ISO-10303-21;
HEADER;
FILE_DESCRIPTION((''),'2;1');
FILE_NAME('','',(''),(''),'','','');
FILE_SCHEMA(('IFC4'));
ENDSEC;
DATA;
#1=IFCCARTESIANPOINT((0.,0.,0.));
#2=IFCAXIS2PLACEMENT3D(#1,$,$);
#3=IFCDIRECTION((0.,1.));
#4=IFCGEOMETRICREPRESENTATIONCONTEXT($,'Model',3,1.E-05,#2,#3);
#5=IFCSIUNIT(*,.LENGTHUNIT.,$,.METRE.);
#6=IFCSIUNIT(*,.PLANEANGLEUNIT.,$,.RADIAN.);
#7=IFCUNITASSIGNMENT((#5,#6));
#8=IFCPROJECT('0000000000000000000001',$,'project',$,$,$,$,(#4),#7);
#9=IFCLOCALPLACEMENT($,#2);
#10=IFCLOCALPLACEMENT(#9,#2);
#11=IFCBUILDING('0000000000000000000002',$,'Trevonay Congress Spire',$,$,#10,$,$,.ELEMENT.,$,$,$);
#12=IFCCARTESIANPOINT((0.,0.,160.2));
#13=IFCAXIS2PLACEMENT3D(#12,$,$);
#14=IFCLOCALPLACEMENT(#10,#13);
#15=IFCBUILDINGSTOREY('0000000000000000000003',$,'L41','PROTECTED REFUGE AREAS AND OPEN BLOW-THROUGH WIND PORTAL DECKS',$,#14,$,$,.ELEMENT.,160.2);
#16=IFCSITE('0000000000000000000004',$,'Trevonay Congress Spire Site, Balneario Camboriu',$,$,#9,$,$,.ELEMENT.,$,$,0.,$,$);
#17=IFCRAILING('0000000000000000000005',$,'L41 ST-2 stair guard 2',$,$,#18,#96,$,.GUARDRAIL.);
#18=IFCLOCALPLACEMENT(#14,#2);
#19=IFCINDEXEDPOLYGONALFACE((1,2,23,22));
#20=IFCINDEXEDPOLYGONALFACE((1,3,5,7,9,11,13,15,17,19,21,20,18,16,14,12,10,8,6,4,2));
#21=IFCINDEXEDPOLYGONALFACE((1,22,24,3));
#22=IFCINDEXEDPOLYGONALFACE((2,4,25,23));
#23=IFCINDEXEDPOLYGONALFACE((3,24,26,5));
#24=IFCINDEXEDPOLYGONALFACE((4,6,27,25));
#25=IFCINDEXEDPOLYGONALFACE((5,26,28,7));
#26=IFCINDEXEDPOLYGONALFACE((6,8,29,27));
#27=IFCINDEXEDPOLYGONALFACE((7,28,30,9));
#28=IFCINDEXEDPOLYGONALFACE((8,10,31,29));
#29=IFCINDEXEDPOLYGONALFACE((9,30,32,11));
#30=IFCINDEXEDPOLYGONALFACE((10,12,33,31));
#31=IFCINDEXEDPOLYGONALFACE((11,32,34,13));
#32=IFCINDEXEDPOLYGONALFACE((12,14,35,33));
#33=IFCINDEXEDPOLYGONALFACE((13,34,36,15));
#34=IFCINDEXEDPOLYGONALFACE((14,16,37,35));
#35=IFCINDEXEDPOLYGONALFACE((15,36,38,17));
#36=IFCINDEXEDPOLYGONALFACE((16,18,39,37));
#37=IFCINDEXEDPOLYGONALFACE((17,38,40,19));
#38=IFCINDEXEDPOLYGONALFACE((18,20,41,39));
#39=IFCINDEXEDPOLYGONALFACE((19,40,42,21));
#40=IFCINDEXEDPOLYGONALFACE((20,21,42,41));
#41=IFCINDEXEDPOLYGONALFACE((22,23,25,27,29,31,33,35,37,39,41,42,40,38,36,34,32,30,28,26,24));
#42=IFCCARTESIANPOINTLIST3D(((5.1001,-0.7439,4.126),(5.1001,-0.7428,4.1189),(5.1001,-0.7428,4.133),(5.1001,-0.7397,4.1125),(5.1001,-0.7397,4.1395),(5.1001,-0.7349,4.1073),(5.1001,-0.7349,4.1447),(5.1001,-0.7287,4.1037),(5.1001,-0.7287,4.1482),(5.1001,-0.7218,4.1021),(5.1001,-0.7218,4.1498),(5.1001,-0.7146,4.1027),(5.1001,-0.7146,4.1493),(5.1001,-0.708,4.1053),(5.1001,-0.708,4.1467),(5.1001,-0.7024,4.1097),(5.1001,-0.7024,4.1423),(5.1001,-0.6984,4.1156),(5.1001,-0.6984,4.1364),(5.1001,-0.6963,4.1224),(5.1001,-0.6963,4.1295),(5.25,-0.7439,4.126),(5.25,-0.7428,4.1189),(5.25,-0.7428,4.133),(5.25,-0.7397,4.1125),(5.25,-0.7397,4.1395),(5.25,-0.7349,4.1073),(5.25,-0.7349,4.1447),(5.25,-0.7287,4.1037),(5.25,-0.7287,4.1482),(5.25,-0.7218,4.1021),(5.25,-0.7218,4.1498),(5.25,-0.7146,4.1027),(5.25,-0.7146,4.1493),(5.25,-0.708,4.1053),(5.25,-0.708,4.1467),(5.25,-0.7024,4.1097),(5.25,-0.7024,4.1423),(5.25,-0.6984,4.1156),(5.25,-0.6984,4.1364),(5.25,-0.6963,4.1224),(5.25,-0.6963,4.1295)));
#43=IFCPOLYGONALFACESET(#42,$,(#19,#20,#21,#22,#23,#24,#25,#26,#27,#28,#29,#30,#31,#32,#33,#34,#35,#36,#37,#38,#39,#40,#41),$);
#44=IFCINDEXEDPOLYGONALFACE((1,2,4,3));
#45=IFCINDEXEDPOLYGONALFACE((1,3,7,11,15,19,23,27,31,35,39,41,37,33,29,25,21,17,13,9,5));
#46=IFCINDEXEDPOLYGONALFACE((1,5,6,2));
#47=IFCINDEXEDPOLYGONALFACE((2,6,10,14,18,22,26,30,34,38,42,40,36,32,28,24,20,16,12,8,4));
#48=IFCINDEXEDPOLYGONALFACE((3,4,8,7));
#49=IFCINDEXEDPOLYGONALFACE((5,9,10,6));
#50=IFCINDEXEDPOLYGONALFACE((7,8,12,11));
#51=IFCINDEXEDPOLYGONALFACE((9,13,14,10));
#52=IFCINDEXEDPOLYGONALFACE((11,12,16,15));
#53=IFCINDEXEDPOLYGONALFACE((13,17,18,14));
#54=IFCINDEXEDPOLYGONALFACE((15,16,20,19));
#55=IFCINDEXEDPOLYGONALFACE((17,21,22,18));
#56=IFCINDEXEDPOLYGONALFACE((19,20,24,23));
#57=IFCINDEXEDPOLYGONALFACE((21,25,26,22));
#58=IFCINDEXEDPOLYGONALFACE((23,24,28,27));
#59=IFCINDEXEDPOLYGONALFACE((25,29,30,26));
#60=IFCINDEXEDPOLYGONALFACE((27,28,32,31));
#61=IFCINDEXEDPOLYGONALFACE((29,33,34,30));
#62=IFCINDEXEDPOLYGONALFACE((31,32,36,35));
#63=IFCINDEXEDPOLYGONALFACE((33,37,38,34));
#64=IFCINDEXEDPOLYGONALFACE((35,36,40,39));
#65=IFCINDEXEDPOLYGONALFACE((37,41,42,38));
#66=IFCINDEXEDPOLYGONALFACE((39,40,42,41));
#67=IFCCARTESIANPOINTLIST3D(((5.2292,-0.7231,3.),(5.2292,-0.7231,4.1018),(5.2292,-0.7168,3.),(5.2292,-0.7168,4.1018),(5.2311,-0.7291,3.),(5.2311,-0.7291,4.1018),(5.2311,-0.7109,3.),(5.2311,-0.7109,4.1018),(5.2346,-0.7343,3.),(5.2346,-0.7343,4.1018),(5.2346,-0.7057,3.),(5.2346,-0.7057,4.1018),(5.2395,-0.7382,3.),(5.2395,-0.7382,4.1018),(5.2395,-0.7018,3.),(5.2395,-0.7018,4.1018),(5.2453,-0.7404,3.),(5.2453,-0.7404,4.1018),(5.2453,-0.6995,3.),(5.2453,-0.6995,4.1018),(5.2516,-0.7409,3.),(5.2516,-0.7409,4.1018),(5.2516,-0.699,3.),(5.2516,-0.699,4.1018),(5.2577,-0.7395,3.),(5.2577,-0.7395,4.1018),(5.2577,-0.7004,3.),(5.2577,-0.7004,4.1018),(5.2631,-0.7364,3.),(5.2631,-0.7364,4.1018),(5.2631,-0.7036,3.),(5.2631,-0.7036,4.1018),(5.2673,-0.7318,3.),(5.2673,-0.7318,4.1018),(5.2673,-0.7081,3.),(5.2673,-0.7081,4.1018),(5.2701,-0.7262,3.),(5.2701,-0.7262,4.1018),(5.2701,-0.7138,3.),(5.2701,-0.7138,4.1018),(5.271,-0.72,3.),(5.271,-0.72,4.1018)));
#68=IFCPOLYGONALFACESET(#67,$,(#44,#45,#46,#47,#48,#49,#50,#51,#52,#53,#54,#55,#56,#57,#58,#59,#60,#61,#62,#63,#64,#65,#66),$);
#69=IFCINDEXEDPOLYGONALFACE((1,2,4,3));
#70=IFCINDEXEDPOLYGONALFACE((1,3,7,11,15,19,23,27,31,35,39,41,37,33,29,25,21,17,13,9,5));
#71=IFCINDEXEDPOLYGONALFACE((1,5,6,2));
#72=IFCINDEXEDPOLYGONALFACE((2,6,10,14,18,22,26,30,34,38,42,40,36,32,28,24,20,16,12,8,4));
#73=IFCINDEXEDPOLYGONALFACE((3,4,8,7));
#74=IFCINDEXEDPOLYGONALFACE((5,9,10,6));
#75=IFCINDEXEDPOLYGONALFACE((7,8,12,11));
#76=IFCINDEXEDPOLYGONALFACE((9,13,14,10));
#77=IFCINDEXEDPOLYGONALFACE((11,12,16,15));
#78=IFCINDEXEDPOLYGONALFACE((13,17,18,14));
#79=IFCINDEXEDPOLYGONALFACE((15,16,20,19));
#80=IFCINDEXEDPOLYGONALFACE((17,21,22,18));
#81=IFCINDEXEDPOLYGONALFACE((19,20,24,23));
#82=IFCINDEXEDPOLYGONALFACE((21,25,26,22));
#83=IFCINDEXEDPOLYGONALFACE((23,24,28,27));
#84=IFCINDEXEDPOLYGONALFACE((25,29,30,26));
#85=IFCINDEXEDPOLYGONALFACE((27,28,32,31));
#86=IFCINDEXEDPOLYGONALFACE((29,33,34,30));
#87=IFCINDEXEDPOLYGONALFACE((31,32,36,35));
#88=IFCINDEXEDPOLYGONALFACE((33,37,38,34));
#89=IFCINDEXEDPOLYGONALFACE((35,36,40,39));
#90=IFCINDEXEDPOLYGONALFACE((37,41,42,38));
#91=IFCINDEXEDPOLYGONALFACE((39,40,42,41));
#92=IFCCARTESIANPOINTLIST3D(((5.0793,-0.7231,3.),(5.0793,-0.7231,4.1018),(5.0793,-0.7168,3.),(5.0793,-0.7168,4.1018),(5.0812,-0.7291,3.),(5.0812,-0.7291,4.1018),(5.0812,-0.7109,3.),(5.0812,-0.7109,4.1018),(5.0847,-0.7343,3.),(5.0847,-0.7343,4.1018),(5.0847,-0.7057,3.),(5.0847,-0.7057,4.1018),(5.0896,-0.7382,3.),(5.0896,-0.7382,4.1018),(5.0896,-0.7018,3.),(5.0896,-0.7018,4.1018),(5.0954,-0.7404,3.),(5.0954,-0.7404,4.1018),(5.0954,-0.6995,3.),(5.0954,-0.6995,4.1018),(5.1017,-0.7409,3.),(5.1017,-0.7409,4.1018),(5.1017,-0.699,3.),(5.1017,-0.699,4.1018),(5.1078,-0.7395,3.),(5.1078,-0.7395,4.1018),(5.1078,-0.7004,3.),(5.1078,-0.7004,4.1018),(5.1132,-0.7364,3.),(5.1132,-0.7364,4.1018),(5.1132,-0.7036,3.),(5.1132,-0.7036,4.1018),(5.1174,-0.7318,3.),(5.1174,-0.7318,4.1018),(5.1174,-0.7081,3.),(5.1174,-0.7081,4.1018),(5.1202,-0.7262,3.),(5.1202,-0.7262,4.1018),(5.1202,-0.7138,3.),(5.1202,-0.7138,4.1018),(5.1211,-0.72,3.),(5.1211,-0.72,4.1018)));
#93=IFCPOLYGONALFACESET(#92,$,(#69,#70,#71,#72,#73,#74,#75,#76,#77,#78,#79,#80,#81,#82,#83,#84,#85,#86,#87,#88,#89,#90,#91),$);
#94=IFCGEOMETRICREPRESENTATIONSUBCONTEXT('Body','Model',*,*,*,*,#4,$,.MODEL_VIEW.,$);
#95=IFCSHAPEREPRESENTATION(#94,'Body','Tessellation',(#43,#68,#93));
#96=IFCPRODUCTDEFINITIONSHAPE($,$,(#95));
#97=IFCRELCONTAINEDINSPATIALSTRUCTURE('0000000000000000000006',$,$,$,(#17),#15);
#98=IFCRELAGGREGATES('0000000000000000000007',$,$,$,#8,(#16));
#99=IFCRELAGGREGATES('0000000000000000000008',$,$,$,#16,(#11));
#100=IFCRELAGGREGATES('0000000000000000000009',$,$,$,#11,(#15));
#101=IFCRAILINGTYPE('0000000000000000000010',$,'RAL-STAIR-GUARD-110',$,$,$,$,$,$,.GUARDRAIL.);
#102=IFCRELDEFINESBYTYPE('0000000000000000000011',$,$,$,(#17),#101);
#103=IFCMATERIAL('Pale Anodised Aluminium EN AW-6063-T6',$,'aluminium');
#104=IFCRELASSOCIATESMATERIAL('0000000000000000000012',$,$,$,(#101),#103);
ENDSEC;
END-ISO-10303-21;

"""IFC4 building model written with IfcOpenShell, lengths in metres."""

from ifc_helpers import new_model, si_unit, direction, frame, origin, origin_2d, place, context, subcontext, project, spatial, circle, extrude, material, type_object, element, save


model = new_model("IFC4")

# Units and contexts
model_context = context("Model", 3, precision=1e-05, world=origin(), true_north=direction((0.0, 1.0)))
body_context = subcontext(model_context, "Body", "Model", "MODEL_VIEW")
ifc_project = project(units=[si_unit("LENGTHUNIT", "METRE"), si_unit("PLANEANGLEUNIT", "RADIAN")], contexts=[model_context])

# Site, building, storey
site_placement = place(None, origin())
site = spatial("IfcSite", under=ifc_project, at=site_placement, Name="Trevonay Congress Spire Site, Balneario Camboriu", CompositionType="ELEMENT", RefElevation=0.0)
building_placement = place(site_placement, origin())
building = spatial("IfcBuilding", under=site, at=building_placement, Name="Trevonay Congress Spire", CompositionType="ELEMENT")
storey_placement = place(building_placement, frame((0.0, 0.0, 160.2)))
storey = spatial("IfcBuildingStorey", under=building, at=storey_placement, Name="L41", Description="PROTECTED REFUGE AREAS AND OPEN BLOW-THROUGH WIND PORTAL DECKS", CompositionType="ELEMENT", Elevation=160.2)

# Shared definitions
ifc_material_1 = material(Name="Pale Anodised Aluminium EN AW-6063-T6", Category="aluminium")

# Railing
railing_type_1 = type_object("IfcRailingType", Name="RAL-STAIR-GUARD-110", PredefinedType="GUARDRAIL", material=ifc_material_1)
railing_1_placement = place(storey_placement, frame((5.25, -0.72, 3.0)))
element("IfcRailing", 1, at=railing_1_placement, inside=storey, type_object=railing_type_1, Name="L41 ST-2 stair guard 2", PredefinedType="GUARDRAIL", context=body_context, shape_type="SweptSolid", body=[
    extrude(circle(Radius=0.0239, at=origin_2d()), frame((0.0, 0.0, 1.126), z_axis=(-1.0, 0.0, 0.0), x_axis=(0.0, -1.0, 0.0)), (0.0, 0.0, 1.0), 0.1499),
    extrude(circle(Radius=0.021, at=origin_2d()), origin(), (0.0, 0.0, 1.0), 1.1018),
    extrude(circle(Radius=0.021, at=origin_2d()), frame((-0.1499, 0.0, 0.0)), (0.0, 0.0, 1.0), 1.1018),
])

save(model, "model.ifc")
